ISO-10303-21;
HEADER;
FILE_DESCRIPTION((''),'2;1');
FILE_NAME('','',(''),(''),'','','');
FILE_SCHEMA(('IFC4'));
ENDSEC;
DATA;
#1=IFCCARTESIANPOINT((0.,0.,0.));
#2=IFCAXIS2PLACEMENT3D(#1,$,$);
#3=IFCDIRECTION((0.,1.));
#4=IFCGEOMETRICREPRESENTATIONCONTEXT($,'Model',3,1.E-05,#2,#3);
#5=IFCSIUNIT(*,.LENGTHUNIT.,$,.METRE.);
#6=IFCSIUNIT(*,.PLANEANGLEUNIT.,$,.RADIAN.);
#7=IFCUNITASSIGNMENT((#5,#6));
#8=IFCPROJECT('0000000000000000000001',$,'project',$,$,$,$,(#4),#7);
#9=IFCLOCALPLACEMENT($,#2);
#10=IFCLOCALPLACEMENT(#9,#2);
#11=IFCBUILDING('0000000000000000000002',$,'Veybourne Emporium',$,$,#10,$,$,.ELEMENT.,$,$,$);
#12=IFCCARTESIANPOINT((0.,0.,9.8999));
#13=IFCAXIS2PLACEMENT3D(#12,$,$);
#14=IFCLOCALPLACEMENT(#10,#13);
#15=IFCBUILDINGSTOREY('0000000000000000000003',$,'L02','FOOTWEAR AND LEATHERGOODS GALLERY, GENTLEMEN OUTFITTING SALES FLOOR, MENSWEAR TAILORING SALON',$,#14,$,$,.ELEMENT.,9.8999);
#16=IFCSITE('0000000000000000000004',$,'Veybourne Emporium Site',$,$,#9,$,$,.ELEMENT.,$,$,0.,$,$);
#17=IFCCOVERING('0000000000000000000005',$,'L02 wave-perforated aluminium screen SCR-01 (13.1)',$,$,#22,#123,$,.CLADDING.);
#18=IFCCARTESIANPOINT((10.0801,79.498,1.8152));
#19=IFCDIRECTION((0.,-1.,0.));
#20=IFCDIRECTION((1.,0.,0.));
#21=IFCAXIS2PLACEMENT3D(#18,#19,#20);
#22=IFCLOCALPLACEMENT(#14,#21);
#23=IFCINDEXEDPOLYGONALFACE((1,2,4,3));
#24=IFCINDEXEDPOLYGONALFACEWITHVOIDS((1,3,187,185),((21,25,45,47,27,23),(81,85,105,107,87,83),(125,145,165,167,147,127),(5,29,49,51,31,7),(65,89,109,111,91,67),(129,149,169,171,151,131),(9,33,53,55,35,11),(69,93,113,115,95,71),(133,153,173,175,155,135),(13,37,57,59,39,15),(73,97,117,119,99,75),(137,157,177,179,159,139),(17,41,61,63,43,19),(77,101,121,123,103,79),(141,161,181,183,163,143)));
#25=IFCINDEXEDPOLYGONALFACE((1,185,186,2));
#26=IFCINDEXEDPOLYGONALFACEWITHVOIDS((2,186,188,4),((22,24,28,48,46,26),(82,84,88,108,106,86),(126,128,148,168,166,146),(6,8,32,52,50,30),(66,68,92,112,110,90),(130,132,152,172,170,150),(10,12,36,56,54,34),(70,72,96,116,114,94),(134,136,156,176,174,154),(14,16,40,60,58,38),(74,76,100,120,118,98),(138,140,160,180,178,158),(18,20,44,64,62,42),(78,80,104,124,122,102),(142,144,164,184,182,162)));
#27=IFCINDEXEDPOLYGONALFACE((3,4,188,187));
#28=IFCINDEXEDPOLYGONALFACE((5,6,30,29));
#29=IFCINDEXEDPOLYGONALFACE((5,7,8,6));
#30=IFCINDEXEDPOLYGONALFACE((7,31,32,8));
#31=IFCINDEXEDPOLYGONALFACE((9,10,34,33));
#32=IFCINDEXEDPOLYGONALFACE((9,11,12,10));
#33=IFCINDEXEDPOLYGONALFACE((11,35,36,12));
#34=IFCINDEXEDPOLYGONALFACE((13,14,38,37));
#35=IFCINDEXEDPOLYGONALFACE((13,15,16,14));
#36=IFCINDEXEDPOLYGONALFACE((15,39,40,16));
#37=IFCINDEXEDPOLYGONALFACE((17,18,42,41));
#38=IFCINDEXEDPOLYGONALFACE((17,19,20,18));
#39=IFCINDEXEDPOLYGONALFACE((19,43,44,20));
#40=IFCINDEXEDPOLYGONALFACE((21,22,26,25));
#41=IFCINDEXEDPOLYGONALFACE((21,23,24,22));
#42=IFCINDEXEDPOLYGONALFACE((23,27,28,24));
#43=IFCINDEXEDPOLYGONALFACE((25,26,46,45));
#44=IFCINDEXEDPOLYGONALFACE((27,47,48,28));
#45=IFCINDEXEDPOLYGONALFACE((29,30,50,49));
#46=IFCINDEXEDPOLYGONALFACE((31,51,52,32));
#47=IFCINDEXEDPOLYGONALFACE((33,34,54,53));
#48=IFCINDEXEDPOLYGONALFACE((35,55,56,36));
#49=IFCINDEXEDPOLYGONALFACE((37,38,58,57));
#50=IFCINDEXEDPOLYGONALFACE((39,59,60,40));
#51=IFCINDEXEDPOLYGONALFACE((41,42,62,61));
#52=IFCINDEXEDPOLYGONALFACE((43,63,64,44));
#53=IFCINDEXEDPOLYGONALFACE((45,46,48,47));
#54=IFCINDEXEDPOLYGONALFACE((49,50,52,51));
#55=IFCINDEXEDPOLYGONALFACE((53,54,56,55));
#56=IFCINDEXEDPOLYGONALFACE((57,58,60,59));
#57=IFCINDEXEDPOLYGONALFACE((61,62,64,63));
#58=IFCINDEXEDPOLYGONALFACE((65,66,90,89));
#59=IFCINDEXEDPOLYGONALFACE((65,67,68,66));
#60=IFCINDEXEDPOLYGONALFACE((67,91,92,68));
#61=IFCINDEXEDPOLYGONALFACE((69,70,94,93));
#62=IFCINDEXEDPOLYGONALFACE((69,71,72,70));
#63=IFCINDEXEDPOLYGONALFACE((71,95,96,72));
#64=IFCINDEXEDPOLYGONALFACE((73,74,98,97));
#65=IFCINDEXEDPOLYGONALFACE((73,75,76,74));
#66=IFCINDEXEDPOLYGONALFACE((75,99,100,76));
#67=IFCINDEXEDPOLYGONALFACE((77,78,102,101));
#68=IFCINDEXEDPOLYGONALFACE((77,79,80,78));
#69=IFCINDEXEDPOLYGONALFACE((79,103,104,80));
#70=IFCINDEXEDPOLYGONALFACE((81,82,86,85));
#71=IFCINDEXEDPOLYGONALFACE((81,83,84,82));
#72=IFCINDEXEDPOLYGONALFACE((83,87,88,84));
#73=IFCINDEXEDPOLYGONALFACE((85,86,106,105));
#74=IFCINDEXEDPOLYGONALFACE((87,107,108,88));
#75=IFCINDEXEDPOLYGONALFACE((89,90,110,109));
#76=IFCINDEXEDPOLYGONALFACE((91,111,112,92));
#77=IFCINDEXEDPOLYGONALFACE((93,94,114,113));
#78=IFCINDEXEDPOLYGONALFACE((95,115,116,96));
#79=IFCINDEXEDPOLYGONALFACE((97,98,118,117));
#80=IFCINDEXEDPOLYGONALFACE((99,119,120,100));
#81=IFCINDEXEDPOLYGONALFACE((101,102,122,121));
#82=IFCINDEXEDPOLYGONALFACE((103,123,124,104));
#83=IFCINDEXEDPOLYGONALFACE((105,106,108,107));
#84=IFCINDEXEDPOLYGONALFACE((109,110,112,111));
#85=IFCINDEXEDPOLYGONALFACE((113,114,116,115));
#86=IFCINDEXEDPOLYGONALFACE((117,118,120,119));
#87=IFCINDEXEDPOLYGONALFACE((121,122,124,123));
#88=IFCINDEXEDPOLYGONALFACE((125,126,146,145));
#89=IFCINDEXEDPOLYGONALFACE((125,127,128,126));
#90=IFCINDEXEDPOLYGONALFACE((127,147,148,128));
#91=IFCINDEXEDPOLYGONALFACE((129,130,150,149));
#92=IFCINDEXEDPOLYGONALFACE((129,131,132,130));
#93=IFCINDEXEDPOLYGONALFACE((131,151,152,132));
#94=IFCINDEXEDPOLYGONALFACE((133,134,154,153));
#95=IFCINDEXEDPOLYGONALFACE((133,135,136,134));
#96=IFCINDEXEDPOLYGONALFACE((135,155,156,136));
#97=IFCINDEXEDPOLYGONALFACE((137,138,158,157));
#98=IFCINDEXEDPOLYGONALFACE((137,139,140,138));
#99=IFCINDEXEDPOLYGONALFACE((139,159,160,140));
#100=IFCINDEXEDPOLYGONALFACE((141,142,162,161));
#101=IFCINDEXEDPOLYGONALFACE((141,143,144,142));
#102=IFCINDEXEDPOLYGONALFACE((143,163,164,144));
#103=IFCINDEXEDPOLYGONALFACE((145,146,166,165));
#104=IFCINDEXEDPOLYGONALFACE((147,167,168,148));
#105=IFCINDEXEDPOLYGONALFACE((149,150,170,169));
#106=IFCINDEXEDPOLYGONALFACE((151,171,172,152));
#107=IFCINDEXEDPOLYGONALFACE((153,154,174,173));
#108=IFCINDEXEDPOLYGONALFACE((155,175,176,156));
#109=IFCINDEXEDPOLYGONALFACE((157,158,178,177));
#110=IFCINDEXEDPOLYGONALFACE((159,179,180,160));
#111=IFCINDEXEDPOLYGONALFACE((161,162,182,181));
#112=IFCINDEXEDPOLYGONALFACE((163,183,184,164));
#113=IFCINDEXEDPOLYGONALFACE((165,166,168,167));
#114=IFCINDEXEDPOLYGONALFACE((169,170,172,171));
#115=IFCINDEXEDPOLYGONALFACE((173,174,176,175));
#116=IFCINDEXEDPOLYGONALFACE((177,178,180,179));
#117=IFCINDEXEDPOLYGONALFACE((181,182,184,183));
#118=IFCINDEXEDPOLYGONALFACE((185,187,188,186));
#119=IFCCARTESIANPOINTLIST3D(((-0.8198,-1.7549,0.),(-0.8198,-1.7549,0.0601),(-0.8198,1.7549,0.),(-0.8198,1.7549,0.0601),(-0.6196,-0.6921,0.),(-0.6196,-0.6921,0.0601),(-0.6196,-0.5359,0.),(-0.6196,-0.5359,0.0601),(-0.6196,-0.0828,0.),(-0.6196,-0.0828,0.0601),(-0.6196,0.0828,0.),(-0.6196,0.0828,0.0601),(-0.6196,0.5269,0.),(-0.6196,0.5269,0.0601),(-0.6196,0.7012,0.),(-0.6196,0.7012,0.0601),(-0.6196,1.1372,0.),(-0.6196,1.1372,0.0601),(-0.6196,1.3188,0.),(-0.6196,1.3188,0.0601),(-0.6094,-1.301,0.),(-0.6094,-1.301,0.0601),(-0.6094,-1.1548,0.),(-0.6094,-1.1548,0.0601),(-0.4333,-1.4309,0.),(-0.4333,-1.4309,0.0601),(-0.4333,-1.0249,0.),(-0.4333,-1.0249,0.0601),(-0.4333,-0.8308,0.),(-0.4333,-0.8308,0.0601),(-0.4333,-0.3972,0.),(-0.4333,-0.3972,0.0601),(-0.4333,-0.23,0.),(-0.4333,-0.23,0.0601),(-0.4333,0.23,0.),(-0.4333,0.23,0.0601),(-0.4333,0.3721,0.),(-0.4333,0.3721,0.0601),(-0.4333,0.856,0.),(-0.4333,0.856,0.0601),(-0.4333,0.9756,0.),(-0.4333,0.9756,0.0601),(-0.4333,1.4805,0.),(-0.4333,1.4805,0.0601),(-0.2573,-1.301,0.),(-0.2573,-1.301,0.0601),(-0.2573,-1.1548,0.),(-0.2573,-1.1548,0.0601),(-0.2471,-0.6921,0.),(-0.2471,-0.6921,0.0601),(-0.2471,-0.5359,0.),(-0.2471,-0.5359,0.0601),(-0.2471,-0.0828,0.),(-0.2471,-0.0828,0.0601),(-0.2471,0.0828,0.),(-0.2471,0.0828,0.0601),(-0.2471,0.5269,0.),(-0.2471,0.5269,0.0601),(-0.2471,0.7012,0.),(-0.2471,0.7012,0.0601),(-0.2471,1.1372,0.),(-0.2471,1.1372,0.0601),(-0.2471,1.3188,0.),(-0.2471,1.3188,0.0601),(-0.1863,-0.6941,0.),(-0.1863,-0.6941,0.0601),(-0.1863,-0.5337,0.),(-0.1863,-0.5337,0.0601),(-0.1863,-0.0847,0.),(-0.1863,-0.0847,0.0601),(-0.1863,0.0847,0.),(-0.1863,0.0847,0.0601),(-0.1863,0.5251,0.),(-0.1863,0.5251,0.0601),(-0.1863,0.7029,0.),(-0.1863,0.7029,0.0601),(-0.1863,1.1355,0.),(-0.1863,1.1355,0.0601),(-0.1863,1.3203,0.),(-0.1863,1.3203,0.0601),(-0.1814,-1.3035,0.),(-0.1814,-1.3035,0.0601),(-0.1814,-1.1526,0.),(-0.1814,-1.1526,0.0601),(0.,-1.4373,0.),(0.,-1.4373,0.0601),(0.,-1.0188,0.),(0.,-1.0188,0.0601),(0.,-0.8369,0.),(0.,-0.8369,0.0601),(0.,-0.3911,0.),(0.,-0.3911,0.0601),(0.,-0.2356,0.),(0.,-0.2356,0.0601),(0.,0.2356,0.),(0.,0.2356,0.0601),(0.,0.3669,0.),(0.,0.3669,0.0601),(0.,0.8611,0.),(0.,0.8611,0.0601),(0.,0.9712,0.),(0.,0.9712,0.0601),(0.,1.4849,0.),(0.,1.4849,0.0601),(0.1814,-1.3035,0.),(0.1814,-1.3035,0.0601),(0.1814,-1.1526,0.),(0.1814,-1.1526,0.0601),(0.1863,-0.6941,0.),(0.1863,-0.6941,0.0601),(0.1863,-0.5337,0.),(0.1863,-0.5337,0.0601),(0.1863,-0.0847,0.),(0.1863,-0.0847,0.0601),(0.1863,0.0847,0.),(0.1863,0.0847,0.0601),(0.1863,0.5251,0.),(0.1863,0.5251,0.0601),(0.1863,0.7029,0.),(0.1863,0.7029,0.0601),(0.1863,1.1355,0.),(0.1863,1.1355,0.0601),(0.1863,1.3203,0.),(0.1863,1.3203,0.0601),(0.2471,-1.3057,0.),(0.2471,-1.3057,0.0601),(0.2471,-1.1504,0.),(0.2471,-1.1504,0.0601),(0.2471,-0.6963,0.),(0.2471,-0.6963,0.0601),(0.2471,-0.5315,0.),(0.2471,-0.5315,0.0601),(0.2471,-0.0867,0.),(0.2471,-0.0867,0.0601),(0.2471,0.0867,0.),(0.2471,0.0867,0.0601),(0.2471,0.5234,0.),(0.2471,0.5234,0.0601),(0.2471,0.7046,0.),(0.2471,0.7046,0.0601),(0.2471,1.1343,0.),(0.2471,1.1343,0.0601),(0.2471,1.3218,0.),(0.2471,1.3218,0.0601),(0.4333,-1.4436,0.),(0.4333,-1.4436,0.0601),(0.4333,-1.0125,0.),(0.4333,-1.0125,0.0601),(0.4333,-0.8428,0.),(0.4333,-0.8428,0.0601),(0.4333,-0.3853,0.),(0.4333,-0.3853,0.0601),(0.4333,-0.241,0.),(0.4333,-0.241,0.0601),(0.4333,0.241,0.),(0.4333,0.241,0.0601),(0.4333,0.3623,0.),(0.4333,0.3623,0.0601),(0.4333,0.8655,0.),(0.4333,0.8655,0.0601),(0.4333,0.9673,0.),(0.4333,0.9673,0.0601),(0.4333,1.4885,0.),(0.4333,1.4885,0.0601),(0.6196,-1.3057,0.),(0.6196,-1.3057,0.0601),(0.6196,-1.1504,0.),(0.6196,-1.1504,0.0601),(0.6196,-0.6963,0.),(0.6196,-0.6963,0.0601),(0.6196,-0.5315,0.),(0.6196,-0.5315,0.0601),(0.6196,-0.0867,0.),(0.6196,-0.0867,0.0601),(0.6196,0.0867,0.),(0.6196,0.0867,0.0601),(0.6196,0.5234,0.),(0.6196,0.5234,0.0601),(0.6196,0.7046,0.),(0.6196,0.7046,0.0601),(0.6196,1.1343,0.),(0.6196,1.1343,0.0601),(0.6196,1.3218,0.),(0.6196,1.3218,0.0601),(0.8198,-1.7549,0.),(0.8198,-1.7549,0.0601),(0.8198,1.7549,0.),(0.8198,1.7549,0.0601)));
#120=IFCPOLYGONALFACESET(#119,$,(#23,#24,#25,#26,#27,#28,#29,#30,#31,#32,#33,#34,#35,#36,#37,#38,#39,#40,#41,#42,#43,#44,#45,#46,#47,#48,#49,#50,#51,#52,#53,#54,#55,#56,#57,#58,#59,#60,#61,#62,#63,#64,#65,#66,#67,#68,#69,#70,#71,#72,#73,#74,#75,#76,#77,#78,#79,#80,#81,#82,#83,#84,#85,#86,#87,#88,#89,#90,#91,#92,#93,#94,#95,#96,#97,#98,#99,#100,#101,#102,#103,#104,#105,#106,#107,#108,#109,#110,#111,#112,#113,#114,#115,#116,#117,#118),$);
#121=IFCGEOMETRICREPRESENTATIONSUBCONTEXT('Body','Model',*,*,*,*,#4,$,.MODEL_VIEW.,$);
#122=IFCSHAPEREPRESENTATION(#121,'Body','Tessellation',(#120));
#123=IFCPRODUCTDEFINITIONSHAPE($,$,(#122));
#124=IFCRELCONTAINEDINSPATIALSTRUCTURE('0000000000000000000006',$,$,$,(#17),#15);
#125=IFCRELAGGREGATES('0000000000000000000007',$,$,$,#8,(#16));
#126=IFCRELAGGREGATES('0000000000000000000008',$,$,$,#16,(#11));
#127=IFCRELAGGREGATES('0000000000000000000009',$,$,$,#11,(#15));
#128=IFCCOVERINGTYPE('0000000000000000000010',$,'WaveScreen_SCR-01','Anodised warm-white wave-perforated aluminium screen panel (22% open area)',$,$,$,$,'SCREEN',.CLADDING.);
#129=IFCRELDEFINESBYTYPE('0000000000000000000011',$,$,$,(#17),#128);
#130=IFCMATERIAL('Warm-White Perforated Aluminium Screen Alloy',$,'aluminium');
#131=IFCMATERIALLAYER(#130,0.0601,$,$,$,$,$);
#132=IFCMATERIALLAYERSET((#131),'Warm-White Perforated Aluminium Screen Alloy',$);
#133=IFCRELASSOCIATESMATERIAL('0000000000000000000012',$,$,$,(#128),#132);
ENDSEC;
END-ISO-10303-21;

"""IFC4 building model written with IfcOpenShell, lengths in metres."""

from ifc_helpers import new_model, si_unit, direction, frame, origin, place, context, subcontext, project, spatial, polyline, outline, extrude, material, layer, layer_set, type_object, element, save


model = new_model("IFC4")

# Units and contexts
model_context = context("Model", 3, precision=1e-05, world=origin(), true_north=direction((0.0, 1.0)))
body_context = subcontext(model_context, "Body", "Model", "MODEL_VIEW")
ifc_project = project(units=[si_unit("LENGTHUNIT", "METRE"), si_unit("PLANEANGLEUNIT", "RADIAN")], contexts=[model_context])

# Site, building, storey
site_placement = place(None, origin())
site = spatial("IfcSite", under=ifc_project, at=site_placement, Name="Veybourne Emporium Site", CompositionType="ELEMENT", RefElevation=0.0)
building_placement = place(site_placement, origin())
building = spatial("IfcBuilding", under=site, at=building_placement, Name="Veybourne Emporium", CompositionType="ELEMENT")
storey_placement = place(building_placement, frame((0.0, 0.0, 9.8999)))
storey = spatial("IfcBuildingStorey", under=building, at=storey_placement, Name="L02", Description="FOOTWEAR AND LEATHERGOODS GALLERY, GENTLEMEN OUTFITTING SALES FLOOR, MENSWEAR TAILORING SALON", CompositionType="ELEMENT", Elevation=9.8999)

# Covering
ifc_material_1 = material(Name="Warm-White Perforated Aluminium Screen Alloy", Category="aluminium")
ifc_layer_1 = layer(ifc_material_1, 0.0601)
ifc_layer_set_1 = layer_set([ifc_layer_1], Name="Warm-White Perforated Aluminium Screen Alloy")
covering_type_1 = type_object("IfcCoveringType", Name="WaveScreen_SCR-01", Description="Anodised warm-white wave-perforated aluminium screen panel (22% open area)", ElementType="SCREEN", PredefinedType="CLADDING", material=ifc_layer_set_1)
covering_1_placement = place(storey_placement, frame((10.0801, 79.498, 1.8152), z_axis=(0.0, -1.0, 0.0), x_axis=(1.0, 0.0, 0.0)))
element("IfcCovering", 1, at=covering_1_placement, inside=storey, type_object=covering_type_1, Name="L02 wave-perforated aluminium screen SCR-01 (13.1)", PredefinedType="CLADDING", context=body_context, shape_type="SweptSolid", body=[
    extrude(outline(polyline([(-0.8198, -1.7549), (0.8198, -1.7549), (0.8198, 1.7549), (-0.8198, 1.7549), (-0.8198, -1.7549)]), holes=[polyline([(-0.4333, -1.0249), (-0.2573, -1.1548), (-0.2573, -1.301), (-0.4333, -1.4309), (-0.6094, -1.301), (-0.6094, -1.1548), (-0.4333, -1.0249)]), polyline([(-0.4333, -0.3972), (-0.2471, -0.5359), (-0.2471, -0.6921), (-0.4333, -0.8308), (-0.6196, -0.6921), (-0.6196, -0.5359), (-0.4333, -0.3972)]), polyline([(-0.4333, 0.23), (-0.2471, 0.0828), (-0.2471, -0.0828), (-0.4333, -0.23), (-0.6196, -0.0828), (-0.6196, 0.0828), (-0.4333, 0.23)]), polyline([(-0.4333, 0.856), (-0.2471, 0.7012), (-0.2471, 0.5269), (-0.4333, 0.3721), (-0.6196, 0.5269), (-0.6196, 0.7012), (-0.4333, 0.856)]), polyline([(-0.4333, 1.4805), (-0.2471, 1.3188), (-0.2471, 1.1372), (-0.4333, 0.9756), (-0.6196, 1.1372), (-0.6196, 1.3188), (-0.4333, 1.4805)]), polyline([(0.0, -1.0188), (0.1814, -1.1526), (0.1814, -1.3035), (0.0, -1.4373), (-0.1814, -1.3035), (-0.1814, -1.1526), (0.0, -1.0188)]), polyline([(0.0, -0.3911), (0.1863, -0.5337), (0.1863, -0.6941), (0.0, -0.8369), (-0.1863, -0.6941), (-0.1863, -0.5337), (0.0, -0.3911)]), polyline([(0.0, 0.2356), (0.1863, 0.0847), (0.1863, -0.0847), (0.0, -0.2356), (-0.1863, -0.0847), (-0.1863, 0.0847), (0.0, 0.2356)]), polyline([(0.0, 0.8611), (0.1863, 0.7029), (0.1863, 0.5251), (0.0, 0.3669), (-0.1863, 0.5251), (-0.1863, 0.7029), (0.0, 0.8611)]), polyline([(0.0, 1.4849), (0.1863, 1.3203), (0.1863, 1.1355), (0.0, 0.9712), (-0.1863, 1.1355), (-0.1863, 1.3203), (0.0, 1.4849)]), polyline([(0.4333, -1.0125), (0.6196, -1.1504), (0.6196, -1.3057), (0.4333, -1.4436), (0.2471, -1.3057), (0.2471, -1.1504), (0.4333, -1.0125)]), polyline([(0.4333, -0.3853), (0.6196, -0.5315), (0.6196, -0.6963), (0.4333, -0.8428), (0.2471, -0.6963), (0.2471, -0.5315), (0.4333, -0.3853)]), polyline([(0.4333, 0.241), (0.6196, 0.0867), (0.6196, -0.0867), (0.4333, -0.241), (0.2471, -0.0867), (0.2471, 0.0867), (0.4333, 0.241)]), polyline([(0.4333, 0.8655), (0.6196, 0.7046), (0.6196, 0.5234), (0.4333, 0.3623), (0.2471, 0.5234), (0.2471, 0.7046), (0.4333, 0.8655)]), polyline([(0.4333, 1.4885), (0.6196, 1.3218), (0.6196, 1.1343), (0.4333, 0.9673), (0.2471, 1.1343), (0.2471, 1.3218), (0.4333, 1.4885)])]), origin(), (0.0, 0.0, 1.0), 0.0601),
])

save(model, "model.ifc")
